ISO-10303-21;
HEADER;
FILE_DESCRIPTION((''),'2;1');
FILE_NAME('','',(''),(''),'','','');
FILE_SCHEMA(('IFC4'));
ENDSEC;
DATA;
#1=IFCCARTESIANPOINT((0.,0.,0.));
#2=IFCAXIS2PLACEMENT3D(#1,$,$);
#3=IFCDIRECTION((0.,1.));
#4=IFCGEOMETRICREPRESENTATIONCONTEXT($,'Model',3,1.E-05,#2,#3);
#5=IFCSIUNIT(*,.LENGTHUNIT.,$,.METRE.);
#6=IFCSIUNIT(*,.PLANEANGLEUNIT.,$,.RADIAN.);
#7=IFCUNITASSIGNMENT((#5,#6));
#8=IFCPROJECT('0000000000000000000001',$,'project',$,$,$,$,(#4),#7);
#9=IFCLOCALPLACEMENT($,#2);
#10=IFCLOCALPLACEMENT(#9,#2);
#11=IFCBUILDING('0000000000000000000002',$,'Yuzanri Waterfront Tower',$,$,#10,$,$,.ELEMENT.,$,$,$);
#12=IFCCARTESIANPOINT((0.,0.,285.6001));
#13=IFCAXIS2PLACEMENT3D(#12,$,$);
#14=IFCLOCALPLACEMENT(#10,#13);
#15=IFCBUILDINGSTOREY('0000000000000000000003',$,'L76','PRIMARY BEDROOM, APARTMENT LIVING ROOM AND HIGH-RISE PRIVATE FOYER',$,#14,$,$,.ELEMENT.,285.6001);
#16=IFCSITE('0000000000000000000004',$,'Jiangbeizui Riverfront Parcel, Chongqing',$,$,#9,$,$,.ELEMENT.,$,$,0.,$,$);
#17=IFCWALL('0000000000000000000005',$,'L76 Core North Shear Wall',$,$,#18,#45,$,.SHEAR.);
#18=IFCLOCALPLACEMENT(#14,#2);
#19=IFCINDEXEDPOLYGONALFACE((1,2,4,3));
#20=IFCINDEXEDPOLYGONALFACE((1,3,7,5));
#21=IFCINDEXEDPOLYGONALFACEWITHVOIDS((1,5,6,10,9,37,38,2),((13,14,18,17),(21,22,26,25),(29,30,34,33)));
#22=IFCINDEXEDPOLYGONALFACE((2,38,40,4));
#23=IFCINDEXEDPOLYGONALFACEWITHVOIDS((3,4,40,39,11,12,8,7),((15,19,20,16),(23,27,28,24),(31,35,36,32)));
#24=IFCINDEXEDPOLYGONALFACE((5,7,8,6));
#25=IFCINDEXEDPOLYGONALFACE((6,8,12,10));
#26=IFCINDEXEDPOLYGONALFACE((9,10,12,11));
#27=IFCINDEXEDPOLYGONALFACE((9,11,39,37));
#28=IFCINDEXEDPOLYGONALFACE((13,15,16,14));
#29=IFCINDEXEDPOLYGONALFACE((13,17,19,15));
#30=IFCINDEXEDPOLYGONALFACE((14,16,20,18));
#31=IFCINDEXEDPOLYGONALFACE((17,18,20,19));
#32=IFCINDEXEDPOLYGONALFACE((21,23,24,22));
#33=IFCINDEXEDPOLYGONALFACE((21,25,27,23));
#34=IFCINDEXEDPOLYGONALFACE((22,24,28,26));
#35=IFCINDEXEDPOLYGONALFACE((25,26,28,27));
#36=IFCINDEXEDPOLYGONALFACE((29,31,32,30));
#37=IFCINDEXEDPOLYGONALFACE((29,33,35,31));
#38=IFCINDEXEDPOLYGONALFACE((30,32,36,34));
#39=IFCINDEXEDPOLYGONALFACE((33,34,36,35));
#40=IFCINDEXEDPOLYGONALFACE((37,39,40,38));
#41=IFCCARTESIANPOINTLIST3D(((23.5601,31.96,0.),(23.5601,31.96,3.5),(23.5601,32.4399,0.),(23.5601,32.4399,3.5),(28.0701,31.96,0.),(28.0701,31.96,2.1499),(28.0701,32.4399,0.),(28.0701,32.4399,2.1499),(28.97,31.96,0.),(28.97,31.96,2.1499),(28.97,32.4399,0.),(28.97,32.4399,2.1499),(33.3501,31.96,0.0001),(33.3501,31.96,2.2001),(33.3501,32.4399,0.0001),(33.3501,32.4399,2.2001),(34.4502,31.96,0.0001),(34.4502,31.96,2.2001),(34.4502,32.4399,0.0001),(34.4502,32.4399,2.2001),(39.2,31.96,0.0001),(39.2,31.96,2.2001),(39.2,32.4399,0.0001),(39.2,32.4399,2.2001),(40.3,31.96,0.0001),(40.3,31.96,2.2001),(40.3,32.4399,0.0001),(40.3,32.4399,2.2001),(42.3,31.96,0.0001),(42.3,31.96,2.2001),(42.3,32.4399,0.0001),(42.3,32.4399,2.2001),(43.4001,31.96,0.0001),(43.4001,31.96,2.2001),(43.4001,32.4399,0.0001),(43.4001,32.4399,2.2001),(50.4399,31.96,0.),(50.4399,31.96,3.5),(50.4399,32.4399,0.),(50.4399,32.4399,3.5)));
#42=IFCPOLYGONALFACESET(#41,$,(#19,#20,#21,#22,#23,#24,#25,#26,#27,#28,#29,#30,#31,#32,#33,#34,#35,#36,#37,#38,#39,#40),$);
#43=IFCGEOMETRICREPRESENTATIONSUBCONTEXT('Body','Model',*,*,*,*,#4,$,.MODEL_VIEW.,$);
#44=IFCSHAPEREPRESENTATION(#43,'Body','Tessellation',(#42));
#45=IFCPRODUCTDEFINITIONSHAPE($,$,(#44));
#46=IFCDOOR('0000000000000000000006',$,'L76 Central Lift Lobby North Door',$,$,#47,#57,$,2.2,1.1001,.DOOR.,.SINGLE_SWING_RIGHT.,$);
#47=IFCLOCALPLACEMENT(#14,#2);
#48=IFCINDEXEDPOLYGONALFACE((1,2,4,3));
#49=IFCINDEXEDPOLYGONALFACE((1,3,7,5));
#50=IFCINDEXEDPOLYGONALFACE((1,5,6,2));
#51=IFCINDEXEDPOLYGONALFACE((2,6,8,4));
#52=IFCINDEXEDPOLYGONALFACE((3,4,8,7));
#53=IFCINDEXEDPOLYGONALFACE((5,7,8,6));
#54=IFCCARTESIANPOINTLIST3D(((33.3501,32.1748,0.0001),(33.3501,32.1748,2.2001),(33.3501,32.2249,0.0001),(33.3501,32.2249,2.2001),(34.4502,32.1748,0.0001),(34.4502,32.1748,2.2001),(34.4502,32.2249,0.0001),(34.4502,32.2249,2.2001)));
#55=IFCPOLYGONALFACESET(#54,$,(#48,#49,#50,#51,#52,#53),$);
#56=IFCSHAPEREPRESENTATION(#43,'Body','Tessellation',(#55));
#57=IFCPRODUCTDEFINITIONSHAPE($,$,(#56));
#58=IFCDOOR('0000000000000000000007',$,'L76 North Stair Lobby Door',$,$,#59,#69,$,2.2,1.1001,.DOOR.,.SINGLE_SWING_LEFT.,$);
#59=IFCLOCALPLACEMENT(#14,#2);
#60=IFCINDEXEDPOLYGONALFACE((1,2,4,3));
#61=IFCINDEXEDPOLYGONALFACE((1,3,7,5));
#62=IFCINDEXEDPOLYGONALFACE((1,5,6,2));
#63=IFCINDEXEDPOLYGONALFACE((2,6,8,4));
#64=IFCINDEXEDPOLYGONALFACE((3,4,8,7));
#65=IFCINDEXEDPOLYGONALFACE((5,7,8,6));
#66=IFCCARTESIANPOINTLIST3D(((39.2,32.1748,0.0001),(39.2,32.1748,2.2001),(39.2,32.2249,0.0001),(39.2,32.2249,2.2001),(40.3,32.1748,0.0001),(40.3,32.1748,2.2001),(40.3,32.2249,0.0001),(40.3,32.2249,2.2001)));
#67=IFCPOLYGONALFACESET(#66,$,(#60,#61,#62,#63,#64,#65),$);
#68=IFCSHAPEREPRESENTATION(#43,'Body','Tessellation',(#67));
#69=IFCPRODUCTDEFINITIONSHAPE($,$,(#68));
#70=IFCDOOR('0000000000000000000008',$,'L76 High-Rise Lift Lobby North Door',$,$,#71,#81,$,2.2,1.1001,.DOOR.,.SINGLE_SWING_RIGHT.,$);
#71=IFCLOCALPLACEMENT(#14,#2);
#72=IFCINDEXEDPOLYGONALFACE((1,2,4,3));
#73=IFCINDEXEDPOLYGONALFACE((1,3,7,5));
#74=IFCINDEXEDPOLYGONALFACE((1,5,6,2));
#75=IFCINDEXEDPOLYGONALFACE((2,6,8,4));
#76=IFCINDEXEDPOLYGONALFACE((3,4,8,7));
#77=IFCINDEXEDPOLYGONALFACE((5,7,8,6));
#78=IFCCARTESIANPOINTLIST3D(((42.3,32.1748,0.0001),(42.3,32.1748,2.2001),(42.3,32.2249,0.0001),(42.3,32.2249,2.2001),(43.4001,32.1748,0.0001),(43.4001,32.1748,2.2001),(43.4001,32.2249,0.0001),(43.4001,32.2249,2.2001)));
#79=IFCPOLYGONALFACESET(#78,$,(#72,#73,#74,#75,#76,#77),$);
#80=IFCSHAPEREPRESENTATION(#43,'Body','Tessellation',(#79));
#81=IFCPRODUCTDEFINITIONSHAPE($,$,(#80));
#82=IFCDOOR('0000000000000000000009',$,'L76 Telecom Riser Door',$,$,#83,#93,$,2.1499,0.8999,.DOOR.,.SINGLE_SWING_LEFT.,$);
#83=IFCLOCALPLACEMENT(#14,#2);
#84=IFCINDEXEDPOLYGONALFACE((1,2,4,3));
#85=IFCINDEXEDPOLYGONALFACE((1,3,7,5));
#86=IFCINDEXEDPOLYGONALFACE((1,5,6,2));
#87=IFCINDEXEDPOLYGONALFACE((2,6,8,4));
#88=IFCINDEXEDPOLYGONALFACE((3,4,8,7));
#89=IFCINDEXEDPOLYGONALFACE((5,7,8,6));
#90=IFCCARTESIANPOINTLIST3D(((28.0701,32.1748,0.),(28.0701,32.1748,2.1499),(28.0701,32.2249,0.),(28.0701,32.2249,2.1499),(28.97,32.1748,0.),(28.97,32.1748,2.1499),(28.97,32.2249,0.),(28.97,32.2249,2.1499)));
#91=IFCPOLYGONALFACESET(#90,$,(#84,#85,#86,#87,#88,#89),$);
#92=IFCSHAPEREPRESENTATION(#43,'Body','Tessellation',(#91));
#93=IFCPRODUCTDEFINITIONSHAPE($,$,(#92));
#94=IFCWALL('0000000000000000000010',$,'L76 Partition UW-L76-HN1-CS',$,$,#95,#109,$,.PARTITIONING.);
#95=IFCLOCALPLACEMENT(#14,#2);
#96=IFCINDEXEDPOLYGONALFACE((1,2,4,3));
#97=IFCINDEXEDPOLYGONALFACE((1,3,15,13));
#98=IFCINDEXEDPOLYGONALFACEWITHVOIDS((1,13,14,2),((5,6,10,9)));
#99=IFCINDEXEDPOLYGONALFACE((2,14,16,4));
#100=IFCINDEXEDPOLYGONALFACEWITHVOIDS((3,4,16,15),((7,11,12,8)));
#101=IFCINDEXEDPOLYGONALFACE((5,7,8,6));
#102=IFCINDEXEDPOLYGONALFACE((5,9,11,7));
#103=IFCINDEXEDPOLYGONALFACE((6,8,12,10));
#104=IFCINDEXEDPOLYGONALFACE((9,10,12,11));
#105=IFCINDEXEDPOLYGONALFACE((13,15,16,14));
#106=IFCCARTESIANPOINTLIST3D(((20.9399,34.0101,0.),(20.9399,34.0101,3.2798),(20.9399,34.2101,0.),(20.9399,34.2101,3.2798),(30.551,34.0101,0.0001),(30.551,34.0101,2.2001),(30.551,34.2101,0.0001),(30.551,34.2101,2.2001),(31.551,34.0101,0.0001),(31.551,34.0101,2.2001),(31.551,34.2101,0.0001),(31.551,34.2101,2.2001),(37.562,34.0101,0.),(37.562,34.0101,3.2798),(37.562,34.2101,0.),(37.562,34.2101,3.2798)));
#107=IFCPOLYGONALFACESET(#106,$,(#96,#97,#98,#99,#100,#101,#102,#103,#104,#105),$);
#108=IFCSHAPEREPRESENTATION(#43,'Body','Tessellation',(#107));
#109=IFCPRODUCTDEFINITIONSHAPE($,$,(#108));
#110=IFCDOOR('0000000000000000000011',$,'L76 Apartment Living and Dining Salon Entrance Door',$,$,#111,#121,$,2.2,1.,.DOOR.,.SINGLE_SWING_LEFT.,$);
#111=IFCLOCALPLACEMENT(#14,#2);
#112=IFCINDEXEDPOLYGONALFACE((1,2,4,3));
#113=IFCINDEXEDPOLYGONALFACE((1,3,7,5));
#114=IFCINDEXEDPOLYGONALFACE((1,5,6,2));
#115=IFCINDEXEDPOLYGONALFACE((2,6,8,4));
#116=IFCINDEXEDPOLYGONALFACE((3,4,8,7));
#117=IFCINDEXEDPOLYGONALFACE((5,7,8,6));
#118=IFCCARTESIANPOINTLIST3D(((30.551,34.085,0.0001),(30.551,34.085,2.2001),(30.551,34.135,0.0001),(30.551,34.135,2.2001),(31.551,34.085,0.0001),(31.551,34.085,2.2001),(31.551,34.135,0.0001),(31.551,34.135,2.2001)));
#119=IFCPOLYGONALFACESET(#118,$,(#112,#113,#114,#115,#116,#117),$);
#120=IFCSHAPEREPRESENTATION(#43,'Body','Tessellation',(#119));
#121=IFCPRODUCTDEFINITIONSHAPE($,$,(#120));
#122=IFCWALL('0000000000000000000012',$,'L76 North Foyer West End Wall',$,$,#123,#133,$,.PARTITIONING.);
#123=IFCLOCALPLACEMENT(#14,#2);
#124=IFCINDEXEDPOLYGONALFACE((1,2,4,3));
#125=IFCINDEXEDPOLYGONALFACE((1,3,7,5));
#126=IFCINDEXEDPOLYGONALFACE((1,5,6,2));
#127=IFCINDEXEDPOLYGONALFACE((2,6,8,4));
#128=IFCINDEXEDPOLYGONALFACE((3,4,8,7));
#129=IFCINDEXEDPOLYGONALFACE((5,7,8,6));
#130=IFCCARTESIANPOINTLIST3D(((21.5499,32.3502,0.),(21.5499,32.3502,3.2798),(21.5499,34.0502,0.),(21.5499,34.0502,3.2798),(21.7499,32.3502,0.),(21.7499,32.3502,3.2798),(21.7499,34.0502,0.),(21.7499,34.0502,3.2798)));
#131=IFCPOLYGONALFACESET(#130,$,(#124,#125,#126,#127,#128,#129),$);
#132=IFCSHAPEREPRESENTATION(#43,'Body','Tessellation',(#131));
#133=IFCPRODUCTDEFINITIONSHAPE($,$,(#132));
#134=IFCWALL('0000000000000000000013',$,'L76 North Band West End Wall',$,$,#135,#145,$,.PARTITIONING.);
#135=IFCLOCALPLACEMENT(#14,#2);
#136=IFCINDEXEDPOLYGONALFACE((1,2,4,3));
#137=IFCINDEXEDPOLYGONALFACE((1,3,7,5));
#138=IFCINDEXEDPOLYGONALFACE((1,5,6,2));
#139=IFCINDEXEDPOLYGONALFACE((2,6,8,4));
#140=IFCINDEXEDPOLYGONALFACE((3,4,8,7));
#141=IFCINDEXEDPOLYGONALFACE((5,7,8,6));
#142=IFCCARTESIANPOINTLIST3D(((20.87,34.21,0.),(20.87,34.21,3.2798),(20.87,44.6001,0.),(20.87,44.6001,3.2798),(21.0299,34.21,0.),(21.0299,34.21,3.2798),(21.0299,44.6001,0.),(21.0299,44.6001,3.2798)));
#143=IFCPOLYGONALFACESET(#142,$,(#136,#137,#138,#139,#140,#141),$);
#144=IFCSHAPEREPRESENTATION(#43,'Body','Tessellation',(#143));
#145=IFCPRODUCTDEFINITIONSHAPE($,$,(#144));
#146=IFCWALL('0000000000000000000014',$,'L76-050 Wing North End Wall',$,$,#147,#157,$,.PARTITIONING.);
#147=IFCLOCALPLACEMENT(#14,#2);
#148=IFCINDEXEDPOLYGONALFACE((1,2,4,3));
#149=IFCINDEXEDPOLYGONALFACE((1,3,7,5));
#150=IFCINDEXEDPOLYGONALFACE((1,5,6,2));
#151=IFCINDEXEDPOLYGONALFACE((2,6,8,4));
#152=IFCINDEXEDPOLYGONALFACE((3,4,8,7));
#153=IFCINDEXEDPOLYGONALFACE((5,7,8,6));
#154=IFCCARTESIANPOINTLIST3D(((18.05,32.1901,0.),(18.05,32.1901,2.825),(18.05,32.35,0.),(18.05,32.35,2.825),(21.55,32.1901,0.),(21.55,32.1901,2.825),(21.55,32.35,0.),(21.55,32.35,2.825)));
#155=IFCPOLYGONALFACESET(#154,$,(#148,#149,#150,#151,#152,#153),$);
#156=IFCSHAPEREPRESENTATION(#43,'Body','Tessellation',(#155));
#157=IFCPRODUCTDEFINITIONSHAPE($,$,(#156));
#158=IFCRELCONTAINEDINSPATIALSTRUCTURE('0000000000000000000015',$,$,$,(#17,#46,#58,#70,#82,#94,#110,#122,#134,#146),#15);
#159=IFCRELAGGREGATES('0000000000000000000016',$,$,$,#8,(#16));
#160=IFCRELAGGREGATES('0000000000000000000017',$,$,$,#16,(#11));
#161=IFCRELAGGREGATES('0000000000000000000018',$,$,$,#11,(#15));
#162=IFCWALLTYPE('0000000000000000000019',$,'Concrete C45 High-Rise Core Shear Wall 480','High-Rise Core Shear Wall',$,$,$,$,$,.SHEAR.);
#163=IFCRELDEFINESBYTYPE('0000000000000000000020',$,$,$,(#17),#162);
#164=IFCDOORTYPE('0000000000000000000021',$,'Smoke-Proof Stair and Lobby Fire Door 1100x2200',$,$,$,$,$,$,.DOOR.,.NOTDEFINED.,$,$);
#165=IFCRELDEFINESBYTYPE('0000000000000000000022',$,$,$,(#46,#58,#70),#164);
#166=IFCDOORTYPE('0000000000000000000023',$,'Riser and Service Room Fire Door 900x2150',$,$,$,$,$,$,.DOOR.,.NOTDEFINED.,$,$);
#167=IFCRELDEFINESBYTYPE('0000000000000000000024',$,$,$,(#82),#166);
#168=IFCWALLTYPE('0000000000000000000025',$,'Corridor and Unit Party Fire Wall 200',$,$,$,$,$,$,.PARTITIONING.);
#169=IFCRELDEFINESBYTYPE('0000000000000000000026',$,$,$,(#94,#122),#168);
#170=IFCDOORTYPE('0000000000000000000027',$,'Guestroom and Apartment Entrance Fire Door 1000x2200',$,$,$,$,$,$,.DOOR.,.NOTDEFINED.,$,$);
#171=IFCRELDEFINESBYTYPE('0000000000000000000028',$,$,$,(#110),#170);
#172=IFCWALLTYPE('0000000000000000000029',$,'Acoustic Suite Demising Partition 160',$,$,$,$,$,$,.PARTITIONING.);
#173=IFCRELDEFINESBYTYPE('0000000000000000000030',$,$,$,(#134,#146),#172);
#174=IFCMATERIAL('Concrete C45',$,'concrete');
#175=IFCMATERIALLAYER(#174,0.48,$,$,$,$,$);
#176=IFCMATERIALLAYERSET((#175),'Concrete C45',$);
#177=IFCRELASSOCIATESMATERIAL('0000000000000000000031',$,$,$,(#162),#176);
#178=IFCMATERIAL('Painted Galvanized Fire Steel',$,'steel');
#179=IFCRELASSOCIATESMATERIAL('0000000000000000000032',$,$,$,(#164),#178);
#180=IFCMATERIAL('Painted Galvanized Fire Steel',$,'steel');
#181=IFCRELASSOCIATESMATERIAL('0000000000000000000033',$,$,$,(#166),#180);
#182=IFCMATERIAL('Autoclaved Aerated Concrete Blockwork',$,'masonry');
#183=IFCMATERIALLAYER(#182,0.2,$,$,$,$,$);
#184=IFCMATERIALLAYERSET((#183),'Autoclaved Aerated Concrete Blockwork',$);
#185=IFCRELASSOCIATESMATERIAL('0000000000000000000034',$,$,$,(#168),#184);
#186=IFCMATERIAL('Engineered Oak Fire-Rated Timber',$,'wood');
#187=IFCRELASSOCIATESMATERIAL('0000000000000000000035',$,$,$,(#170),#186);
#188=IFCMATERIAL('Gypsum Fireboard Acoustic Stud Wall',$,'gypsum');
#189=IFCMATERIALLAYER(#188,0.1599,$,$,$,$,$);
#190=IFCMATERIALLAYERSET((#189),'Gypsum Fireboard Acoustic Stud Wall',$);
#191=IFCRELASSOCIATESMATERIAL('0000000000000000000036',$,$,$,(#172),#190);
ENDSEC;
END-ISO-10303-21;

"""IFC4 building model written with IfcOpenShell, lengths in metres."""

from ifc_helpers import new_model, si_unit, direction, frame, frame_2d, origin, place, context, subcontext, project, spatial, rectangle, extrude, source, transform, mapped, material, layer, layer_set, type_object, element, fill, save


model = new_model("IFC4")

# Units and contexts
model_context = context("Model", 3, precision=1e-05, world=origin(), true_north=direction((0.0, 1.0)))
body_context = subcontext(model_context, "Body", "Model", "MODEL_VIEW")
ifc_project = project(units=[si_unit("LENGTHUNIT", "METRE"), si_unit("PLANEANGLEUNIT", "RADIAN")], contexts=[model_context])

# Site, building, storey
site_placement = place(None, origin())
site = spatial("IfcSite", under=ifc_project, at=site_placement, Name="Jiangbeizui Riverfront Parcel, Chongqing", CompositionType="ELEMENT", RefElevation=0.0)
building_placement = place(site_placement, origin())
building = spatial("IfcBuilding", under=site, at=building_placement, Name="Yuzanri Waterfront Tower", CompositionType="ELEMENT")
storey_placement = place(building_placement, frame((0.0, 0.0, 285.6001)))
storey = spatial("IfcBuildingStorey", under=building, at=storey_placement, Name="L76", Description="PRIMARY BEDROOM, APARTMENT LIVING ROOM AND HIGH-RISE PRIVATE FOYER", CompositionType="ELEMENT", Elevation=285.6001)

# Wall, openings, doors
ifc_material_1 = material(Name="Concrete C45", Category="concrete")
ifc_layer_1 = layer(ifc_material_1, 0.48)
ifc_layer_set_1 = layer_set([ifc_layer_1], Name="Concrete C45")
wall_type_1 = type_object("IfcWallType", Name="Concrete C45 High-Rise Core Shear Wall 480", Description="High-Rise Core Shear Wall", PredefinedType="SHEAR", material=ifc_layer_set_1)
wall_1_placement = place(storey_placement, frame((23.5601, 32.2, 0.0), z_axis=(0.0, 0.0, 1.0), x_axis=(1.0, 0.0, 0.0)))
wall_1 = element("IfcWall", 1, at=wall_1_placement, inside=storey, type_object=wall_type_1, Name="L76 Core North Shear Wall", PredefinedType="SHEAR", context=body_context, shape_type="SweptSolid", body=[
    extrude(rectangle(XDim=26.8799, YDim=0.48, at=frame_2d((13.4399, 0.0))), origin(), (0.0, 0.0, 1.0), 3.5),
])
opening_1_placement = place(wall_1_placement, frame((4.51, 0.0, 0.0)))
opening_1 = element("IfcOpeningElement", 2, at=opening_1_placement, cuts=wall_1, PredefinedType="OPENING", context=body_context, shape_type="SweptSolid", body=[
    extrude(rectangle(XDim=0.8999, YDim=2.1499, at=frame_2d((0.45, 1.075))), frame((0.0, 0.2549, 0.0), z_axis=(0.0, -1.0, 0.0), x_axis=(1.0, 0.0, 0.0)), (0.0, 0.0, 1.0), 0.5098),
])
opening_2_placement = place(wall_1_placement, frame((9.79, 0.0, 0.0)))
opening_2 = element("IfcOpeningElement", 3, at=opening_2_placement, cuts=wall_1, PredefinedType="OPENING", context=body_context, shape_type="SweptSolid", body=[
    extrude(rectangle(XDim=1.1001, YDim=2.2, at=frame_2d((0.55, 1.1001))), frame((0.0, 0.2549, 0.0), z_axis=(0.0, -1.0, 0.0), x_axis=(1.0, 0.0, 0.0)), (0.0, 0.0, 1.0), 0.5098),
])
opening_3_placement = place(wall_1_placement, frame((15.6399, 0.0, 0.0)))
opening_3 = element("IfcOpeningElement", 4, at=opening_3_placement, cuts=wall_1, PredefinedType="OPENING", context=body_context, shape_type="SweptSolid", body=[
    extrude(rectangle(XDim=1.1001, YDim=2.2, at=frame_2d((0.55, 1.1001))), frame((0.0, 0.2549, 0.0), z_axis=(0.0, -1.0, 0.0), x_axis=(1.0, 0.0, 0.0)), (0.0, 0.0, 1.0), 0.5098),
])
opening_4_placement = place(wall_1_placement, frame((18.74, 0.0, 0.0)))
opening_4 = element("IfcOpeningElement", 5, at=opening_4_placement, cuts=wall_1, PredefinedType="OPENING", context=body_context, shape_type="SweptSolid", body=[
    extrude(rectangle(XDim=1.1001, YDim=2.2, at=frame_2d((0.55, 1.1001))), frame((0.0, 0.2549, 0.0), z_axis=(0.0, -1.0, 0.0), x_axis=(1.0, 0.0, 0.0)), (0.0, 0.0, 1.0), 0.5098),
])
ifc_material_2 = material(Name="Painted Galvanized Fire Steel", Category="steel")
door_type_1 = type_object("IfcDoorType", Name="Smoke-Proof Stair and Lobby Fire Door 1100x2200", OperationType="NOTDEFINED", PredefinedType="DOOR", material=ifc_material_2)
shared_shape_1 = source(origin(), body_context, "Body", "SweptSolid", [
    extrude(rectangle(XDim=1.1001, YDim=2.2, at=frame_2d((0.55, 1.1001))), frame((0.0, 0.0249, 0.0), z_axis=(0.0, -1.0, 0.0), x_axis=(1.0, 0.0, 0.0)), (0.0, 0.0, 1.0), 0.05),
])
door_1_placement = place(opening_2_placement, origin())
door_1 = element("IfcDoor", 6, at=door_1_placement, inside=storey, type_object=door_type_1, Name="L76 Central Lift Lobby North Door", OperationType="SINGLE_SWING_RIGHT", OverallHeight=2.2, OverallWidth=1.1001, PredefinedType="DOOR", context=body_context, shape_type="MappedRepresentation", body=[
    mapped(shared_shape_1, transform((0.0, 0.0, 0.0), scale=1.0)),
])
fill(opening_2, door_1)
door_2_placement = place(opening_3_placement, origin())
door_2 = element("IfcDoor", 7, at=door_2_placement, inside=storey, type_object=door_type_1, Name="L76 North Stair Lobby Door", OperationType="SINGLE_SWING_LEFT", OverallHeight=2.2, OverallWidth=1.1001, PredefinedType="DOOR", context=body_context, shape_type="MappedRepresentation", body=[
    mapped(shared_shape_1, transform((0.0, 0.0, 0.0), scale=1.0)),
])
fill(opening_3, door_2)
door_3_placement = place(opening_4_placement, origin())
door_3 = element("IfcDoor", 8, at=door_3_placement, inside=storey, type_object=door_type_1, Name="L76 High-Rise Lift Lobby North Door", OperationType="SINGLE_SWING_RIGHT", OverallHeight=2.2, OverallWidth=1.1001, PredefinedType="DOOR", context=body_context, shape_type="MappedRepresentation", body=[
    mapped(shared_shape_1, transform((0.0, 0.0, 0.0), scale=1.0)),
])
fill(opening_4, door_3)
ifc_material_3 = material(Name="Painted Galvanized Fire Steel", Category="steel")
door_type_2 = type_object("IfcDoorType", Name="Riser and Service Room Fire Door 900x2150", OperationType="NOTDEFINED", PredefinedType="DOOR", material=ifc_material_3)
shared_shape_2 = source(origin(), body_context, "Body", "SweptSolid", [
    extrude(rectangle(XDim=0.8999, YDim=2.1499, at=frame_2d((0.45, 1.075))), frame((0.0, 0.0249, 0.0), z_axis=(0.0, -1.0, 0.0), x_axis=(1.0, 0.0, 0.0)), (0.0, 0.0, 1.0), 0.05),
])
door_4_placement = place(opening_1_placement, origin())
door_4 = element("IfcDoor", 9, at=door_4_placement, inside=storey, type_object=door_type_2, Name="L76 Telecom Riser Door", OperationType="SINGLE_SWING_LEFT", OverallHeight=2.1499, OverallWidth=0.8999, PredefinedType="DOOR", context=body_context, shape_type="MappedRepresentation", body=[
    mapped(shared_shape_2, transform((0.0, 0.0, 0.0), scale=1.0)),
])
fill(opening_1, door_4)

# Wall, opening, door
ifc_material_4 = material(Name="Autoclaved Aerated Concrete Blockwork", Category="masonry")
ifc_layer_2 = layer(ifc_material_4, 0.2)
ifc_layer_set_2 = layer_set([ifc_layer_2], Name="Autoclaved Aerated Concrete Blockwork")
wall_type_2 = type_object("IfcWallType", Name="Corridor and Unit Party Fire Wall 200", PredefinedType="PARTITIONING", material=ifc_layer_set_2)
wall_2_placement = place(storey_placement, frame((20.9399, 34.1101, 0.0), z_axis=(0.0, 0.0, 1.0), x_axis=(1.0, 0.0, 0.0)))
wall_2 = element("IfcWall", 10, at=wall_2_placement, inside=storey, type_object=wall_type_2, Name="L76 Partition UW-L76-HN1-CS", PredefinedType="PARTITIONING", context=body_context, shape_type="SweptSolid", body=[
    extrude(rectangle(XDim=16.6221, YDim=0.2, at=frame_2d((8.311, 0.0))), origin(), (0.0, 0.0, 1.0), 3.2798),
])
opening_5_placement = place(wall_2_placement, frame((9.6111, 0.0, 0.0)))
opening_5 = element("IfcOpeningElement", 11, at=opening_5_placement, cuts=wall_2, PredefinedType="OPENING", context=body_context, shape_type="SweptSolid", body=[
    extrude(rectangle(XDim=1.0, YDim=2.2, at=frame_2d((0.5, 1.1001))), frame((0.0, 0.1147, 0.0), z_axis=(0.0, -1.0, 0.0), x_axis=(1.0, 0.0, 0.0)), (0.0, 0.0, 1.0), 0.2297),
])
ifc_material_5 = material(Name="Engineered Oak Fire-Rated Timber", Category="wood")
door_type_3 = type_object("IfcDoorType", Name="Guestroom and Apartment Entrance Fire Door 1000x2200", OperationType="NOTDEFINED", PredefinedType="DOOR", material=ifc_material_5)
shared_shape_3 = source(origin(), body_context, "Body", "SweptSolid", [
    extrude(rectangle(XDim=1.0, YDim=2.2, at=frame_2d((0.5, 1.1001))), frame((0.0, 0.0249, 0.0), z_axis=(0.0, -1.0, 0.0), x_axis=(1.0, 0.0, 0.0)), (0.0, 0.0, 1.0), 0.05),
])
door_5_placement = place(opening_5_placement, origin())
door_5 = element("IfcDoor", 12, at=door_5_placement, inside=storey, type_object=door_type_3, Name="L76 Apartment Living and Dining Salon Entrance Door", OperationType="SINGLE_SWING_LEFT", OverallHeight=2.2, OverallWidth=1.0, PredefinedType="DOOR", context=body_context, shape_type="MappedRepresentation", body=[
    mapped(shared_shape_3, transform((0.0, 0.0, 0.0), scale=1.0)),
])
fill(opening_5, door_5)

# Walls
shared_shape_4 = source(origin(), body_context, "Body", "SweptSolid", [
    extrude(rectangle(XDim=1.7, YDim=0.2, at=frame_2d((0.8501, 0.0))), origin(), (0.0, 0.0, 1.0), 3.2798),
])
wall_3_placement = place(storey_placement, frame((21.6499, 32.3501, 0.0), z_axis=(0.0, 0.0, 1.0), x_axis=(0.0, 1.0, 0.0)))
element("IfcWall", 13, at=wall_3_placement, inside=storey, type_object=wall_type_2, Name="L76 North Foyer West End Wall", PredefinedType="PARTITIONING", context=body_context, shape_type="MappedRepresentation", body=[
    mapped(shared_shape_4, transform((0.0, 0.0, 0.0), scale=1.0)),
])
ifc_material_6 = material(Name="Gypsum Fireboard Acoustic Stud Wall", Category="gypsum")
ifc_layer_3 = layer(ifc_material_6, 0.1599)
ifc_layer_set_3 = layer_set([ifc_layer_3], Name="Gypsum Fireboard Acoustic Stud Wall")
wall_type_3 = type_object("IfcWallType", Name="Acoustic Suite Demising Partition 160", PredefinedType="PARTITIONING", material=ifc_layer_set_3)
shared_shape_5 = source(origin(), body_context, "Body", "SweptSolid", [
    extrude(rectangle(XDim=10.3901, YDim=0.1599, at=frame_2d((5.1951, 0.0))), origin(), (0.0, 0.0, 1.0), 3.2798),
])
wall_4_placement = place(storey_placement, frame((20.95, 34.21, 0.0), z_axis=(0.0, 0.0, 1.0), x_axis=(0.0, 1.0, 0.0)))
element("IfcWall", 14, at=wall_4_placement, inside=storey, type_object=wall_type_3, Name="L76 North Band West End Wall", PredefinedType="PARTITIONING", context=body_context, shape_type="MappedRepresentation", body=[
    mapped(shared_shape_5, transform((0.0, 0.0, 0.0), scale=1.0)),
])
shared_shape_6 = source(origin(), body_context, "Body", "SweptSolid", [
    extrude(rectangle(XDim=3.5, YDim=0.1599, at=frame_2d((1.75, 0.0))), origin(), (0.0, 0.0, 1.0), 2.825),
])
wall_5_placement = place(storey_placement, frame((18.05, 32.27, 0.0), z_axis=(0.0, 0.0, 1.0), x_axis=(1.0, 0.0, 0.0)))
element("IfcWall", 15, at=wall_5_placement, inside=storey, type_object=wall_type_3, Name="L76-050 Wing North End Wall", PredefinedType="PARTITIONING", context=body_context, shape_type="MappedRepresentation", body=[
    mapped(shared_shape_6, transform((0.0, 0.0, 0.0), scale=1.0)),
])

save(model, "model.ifc")
